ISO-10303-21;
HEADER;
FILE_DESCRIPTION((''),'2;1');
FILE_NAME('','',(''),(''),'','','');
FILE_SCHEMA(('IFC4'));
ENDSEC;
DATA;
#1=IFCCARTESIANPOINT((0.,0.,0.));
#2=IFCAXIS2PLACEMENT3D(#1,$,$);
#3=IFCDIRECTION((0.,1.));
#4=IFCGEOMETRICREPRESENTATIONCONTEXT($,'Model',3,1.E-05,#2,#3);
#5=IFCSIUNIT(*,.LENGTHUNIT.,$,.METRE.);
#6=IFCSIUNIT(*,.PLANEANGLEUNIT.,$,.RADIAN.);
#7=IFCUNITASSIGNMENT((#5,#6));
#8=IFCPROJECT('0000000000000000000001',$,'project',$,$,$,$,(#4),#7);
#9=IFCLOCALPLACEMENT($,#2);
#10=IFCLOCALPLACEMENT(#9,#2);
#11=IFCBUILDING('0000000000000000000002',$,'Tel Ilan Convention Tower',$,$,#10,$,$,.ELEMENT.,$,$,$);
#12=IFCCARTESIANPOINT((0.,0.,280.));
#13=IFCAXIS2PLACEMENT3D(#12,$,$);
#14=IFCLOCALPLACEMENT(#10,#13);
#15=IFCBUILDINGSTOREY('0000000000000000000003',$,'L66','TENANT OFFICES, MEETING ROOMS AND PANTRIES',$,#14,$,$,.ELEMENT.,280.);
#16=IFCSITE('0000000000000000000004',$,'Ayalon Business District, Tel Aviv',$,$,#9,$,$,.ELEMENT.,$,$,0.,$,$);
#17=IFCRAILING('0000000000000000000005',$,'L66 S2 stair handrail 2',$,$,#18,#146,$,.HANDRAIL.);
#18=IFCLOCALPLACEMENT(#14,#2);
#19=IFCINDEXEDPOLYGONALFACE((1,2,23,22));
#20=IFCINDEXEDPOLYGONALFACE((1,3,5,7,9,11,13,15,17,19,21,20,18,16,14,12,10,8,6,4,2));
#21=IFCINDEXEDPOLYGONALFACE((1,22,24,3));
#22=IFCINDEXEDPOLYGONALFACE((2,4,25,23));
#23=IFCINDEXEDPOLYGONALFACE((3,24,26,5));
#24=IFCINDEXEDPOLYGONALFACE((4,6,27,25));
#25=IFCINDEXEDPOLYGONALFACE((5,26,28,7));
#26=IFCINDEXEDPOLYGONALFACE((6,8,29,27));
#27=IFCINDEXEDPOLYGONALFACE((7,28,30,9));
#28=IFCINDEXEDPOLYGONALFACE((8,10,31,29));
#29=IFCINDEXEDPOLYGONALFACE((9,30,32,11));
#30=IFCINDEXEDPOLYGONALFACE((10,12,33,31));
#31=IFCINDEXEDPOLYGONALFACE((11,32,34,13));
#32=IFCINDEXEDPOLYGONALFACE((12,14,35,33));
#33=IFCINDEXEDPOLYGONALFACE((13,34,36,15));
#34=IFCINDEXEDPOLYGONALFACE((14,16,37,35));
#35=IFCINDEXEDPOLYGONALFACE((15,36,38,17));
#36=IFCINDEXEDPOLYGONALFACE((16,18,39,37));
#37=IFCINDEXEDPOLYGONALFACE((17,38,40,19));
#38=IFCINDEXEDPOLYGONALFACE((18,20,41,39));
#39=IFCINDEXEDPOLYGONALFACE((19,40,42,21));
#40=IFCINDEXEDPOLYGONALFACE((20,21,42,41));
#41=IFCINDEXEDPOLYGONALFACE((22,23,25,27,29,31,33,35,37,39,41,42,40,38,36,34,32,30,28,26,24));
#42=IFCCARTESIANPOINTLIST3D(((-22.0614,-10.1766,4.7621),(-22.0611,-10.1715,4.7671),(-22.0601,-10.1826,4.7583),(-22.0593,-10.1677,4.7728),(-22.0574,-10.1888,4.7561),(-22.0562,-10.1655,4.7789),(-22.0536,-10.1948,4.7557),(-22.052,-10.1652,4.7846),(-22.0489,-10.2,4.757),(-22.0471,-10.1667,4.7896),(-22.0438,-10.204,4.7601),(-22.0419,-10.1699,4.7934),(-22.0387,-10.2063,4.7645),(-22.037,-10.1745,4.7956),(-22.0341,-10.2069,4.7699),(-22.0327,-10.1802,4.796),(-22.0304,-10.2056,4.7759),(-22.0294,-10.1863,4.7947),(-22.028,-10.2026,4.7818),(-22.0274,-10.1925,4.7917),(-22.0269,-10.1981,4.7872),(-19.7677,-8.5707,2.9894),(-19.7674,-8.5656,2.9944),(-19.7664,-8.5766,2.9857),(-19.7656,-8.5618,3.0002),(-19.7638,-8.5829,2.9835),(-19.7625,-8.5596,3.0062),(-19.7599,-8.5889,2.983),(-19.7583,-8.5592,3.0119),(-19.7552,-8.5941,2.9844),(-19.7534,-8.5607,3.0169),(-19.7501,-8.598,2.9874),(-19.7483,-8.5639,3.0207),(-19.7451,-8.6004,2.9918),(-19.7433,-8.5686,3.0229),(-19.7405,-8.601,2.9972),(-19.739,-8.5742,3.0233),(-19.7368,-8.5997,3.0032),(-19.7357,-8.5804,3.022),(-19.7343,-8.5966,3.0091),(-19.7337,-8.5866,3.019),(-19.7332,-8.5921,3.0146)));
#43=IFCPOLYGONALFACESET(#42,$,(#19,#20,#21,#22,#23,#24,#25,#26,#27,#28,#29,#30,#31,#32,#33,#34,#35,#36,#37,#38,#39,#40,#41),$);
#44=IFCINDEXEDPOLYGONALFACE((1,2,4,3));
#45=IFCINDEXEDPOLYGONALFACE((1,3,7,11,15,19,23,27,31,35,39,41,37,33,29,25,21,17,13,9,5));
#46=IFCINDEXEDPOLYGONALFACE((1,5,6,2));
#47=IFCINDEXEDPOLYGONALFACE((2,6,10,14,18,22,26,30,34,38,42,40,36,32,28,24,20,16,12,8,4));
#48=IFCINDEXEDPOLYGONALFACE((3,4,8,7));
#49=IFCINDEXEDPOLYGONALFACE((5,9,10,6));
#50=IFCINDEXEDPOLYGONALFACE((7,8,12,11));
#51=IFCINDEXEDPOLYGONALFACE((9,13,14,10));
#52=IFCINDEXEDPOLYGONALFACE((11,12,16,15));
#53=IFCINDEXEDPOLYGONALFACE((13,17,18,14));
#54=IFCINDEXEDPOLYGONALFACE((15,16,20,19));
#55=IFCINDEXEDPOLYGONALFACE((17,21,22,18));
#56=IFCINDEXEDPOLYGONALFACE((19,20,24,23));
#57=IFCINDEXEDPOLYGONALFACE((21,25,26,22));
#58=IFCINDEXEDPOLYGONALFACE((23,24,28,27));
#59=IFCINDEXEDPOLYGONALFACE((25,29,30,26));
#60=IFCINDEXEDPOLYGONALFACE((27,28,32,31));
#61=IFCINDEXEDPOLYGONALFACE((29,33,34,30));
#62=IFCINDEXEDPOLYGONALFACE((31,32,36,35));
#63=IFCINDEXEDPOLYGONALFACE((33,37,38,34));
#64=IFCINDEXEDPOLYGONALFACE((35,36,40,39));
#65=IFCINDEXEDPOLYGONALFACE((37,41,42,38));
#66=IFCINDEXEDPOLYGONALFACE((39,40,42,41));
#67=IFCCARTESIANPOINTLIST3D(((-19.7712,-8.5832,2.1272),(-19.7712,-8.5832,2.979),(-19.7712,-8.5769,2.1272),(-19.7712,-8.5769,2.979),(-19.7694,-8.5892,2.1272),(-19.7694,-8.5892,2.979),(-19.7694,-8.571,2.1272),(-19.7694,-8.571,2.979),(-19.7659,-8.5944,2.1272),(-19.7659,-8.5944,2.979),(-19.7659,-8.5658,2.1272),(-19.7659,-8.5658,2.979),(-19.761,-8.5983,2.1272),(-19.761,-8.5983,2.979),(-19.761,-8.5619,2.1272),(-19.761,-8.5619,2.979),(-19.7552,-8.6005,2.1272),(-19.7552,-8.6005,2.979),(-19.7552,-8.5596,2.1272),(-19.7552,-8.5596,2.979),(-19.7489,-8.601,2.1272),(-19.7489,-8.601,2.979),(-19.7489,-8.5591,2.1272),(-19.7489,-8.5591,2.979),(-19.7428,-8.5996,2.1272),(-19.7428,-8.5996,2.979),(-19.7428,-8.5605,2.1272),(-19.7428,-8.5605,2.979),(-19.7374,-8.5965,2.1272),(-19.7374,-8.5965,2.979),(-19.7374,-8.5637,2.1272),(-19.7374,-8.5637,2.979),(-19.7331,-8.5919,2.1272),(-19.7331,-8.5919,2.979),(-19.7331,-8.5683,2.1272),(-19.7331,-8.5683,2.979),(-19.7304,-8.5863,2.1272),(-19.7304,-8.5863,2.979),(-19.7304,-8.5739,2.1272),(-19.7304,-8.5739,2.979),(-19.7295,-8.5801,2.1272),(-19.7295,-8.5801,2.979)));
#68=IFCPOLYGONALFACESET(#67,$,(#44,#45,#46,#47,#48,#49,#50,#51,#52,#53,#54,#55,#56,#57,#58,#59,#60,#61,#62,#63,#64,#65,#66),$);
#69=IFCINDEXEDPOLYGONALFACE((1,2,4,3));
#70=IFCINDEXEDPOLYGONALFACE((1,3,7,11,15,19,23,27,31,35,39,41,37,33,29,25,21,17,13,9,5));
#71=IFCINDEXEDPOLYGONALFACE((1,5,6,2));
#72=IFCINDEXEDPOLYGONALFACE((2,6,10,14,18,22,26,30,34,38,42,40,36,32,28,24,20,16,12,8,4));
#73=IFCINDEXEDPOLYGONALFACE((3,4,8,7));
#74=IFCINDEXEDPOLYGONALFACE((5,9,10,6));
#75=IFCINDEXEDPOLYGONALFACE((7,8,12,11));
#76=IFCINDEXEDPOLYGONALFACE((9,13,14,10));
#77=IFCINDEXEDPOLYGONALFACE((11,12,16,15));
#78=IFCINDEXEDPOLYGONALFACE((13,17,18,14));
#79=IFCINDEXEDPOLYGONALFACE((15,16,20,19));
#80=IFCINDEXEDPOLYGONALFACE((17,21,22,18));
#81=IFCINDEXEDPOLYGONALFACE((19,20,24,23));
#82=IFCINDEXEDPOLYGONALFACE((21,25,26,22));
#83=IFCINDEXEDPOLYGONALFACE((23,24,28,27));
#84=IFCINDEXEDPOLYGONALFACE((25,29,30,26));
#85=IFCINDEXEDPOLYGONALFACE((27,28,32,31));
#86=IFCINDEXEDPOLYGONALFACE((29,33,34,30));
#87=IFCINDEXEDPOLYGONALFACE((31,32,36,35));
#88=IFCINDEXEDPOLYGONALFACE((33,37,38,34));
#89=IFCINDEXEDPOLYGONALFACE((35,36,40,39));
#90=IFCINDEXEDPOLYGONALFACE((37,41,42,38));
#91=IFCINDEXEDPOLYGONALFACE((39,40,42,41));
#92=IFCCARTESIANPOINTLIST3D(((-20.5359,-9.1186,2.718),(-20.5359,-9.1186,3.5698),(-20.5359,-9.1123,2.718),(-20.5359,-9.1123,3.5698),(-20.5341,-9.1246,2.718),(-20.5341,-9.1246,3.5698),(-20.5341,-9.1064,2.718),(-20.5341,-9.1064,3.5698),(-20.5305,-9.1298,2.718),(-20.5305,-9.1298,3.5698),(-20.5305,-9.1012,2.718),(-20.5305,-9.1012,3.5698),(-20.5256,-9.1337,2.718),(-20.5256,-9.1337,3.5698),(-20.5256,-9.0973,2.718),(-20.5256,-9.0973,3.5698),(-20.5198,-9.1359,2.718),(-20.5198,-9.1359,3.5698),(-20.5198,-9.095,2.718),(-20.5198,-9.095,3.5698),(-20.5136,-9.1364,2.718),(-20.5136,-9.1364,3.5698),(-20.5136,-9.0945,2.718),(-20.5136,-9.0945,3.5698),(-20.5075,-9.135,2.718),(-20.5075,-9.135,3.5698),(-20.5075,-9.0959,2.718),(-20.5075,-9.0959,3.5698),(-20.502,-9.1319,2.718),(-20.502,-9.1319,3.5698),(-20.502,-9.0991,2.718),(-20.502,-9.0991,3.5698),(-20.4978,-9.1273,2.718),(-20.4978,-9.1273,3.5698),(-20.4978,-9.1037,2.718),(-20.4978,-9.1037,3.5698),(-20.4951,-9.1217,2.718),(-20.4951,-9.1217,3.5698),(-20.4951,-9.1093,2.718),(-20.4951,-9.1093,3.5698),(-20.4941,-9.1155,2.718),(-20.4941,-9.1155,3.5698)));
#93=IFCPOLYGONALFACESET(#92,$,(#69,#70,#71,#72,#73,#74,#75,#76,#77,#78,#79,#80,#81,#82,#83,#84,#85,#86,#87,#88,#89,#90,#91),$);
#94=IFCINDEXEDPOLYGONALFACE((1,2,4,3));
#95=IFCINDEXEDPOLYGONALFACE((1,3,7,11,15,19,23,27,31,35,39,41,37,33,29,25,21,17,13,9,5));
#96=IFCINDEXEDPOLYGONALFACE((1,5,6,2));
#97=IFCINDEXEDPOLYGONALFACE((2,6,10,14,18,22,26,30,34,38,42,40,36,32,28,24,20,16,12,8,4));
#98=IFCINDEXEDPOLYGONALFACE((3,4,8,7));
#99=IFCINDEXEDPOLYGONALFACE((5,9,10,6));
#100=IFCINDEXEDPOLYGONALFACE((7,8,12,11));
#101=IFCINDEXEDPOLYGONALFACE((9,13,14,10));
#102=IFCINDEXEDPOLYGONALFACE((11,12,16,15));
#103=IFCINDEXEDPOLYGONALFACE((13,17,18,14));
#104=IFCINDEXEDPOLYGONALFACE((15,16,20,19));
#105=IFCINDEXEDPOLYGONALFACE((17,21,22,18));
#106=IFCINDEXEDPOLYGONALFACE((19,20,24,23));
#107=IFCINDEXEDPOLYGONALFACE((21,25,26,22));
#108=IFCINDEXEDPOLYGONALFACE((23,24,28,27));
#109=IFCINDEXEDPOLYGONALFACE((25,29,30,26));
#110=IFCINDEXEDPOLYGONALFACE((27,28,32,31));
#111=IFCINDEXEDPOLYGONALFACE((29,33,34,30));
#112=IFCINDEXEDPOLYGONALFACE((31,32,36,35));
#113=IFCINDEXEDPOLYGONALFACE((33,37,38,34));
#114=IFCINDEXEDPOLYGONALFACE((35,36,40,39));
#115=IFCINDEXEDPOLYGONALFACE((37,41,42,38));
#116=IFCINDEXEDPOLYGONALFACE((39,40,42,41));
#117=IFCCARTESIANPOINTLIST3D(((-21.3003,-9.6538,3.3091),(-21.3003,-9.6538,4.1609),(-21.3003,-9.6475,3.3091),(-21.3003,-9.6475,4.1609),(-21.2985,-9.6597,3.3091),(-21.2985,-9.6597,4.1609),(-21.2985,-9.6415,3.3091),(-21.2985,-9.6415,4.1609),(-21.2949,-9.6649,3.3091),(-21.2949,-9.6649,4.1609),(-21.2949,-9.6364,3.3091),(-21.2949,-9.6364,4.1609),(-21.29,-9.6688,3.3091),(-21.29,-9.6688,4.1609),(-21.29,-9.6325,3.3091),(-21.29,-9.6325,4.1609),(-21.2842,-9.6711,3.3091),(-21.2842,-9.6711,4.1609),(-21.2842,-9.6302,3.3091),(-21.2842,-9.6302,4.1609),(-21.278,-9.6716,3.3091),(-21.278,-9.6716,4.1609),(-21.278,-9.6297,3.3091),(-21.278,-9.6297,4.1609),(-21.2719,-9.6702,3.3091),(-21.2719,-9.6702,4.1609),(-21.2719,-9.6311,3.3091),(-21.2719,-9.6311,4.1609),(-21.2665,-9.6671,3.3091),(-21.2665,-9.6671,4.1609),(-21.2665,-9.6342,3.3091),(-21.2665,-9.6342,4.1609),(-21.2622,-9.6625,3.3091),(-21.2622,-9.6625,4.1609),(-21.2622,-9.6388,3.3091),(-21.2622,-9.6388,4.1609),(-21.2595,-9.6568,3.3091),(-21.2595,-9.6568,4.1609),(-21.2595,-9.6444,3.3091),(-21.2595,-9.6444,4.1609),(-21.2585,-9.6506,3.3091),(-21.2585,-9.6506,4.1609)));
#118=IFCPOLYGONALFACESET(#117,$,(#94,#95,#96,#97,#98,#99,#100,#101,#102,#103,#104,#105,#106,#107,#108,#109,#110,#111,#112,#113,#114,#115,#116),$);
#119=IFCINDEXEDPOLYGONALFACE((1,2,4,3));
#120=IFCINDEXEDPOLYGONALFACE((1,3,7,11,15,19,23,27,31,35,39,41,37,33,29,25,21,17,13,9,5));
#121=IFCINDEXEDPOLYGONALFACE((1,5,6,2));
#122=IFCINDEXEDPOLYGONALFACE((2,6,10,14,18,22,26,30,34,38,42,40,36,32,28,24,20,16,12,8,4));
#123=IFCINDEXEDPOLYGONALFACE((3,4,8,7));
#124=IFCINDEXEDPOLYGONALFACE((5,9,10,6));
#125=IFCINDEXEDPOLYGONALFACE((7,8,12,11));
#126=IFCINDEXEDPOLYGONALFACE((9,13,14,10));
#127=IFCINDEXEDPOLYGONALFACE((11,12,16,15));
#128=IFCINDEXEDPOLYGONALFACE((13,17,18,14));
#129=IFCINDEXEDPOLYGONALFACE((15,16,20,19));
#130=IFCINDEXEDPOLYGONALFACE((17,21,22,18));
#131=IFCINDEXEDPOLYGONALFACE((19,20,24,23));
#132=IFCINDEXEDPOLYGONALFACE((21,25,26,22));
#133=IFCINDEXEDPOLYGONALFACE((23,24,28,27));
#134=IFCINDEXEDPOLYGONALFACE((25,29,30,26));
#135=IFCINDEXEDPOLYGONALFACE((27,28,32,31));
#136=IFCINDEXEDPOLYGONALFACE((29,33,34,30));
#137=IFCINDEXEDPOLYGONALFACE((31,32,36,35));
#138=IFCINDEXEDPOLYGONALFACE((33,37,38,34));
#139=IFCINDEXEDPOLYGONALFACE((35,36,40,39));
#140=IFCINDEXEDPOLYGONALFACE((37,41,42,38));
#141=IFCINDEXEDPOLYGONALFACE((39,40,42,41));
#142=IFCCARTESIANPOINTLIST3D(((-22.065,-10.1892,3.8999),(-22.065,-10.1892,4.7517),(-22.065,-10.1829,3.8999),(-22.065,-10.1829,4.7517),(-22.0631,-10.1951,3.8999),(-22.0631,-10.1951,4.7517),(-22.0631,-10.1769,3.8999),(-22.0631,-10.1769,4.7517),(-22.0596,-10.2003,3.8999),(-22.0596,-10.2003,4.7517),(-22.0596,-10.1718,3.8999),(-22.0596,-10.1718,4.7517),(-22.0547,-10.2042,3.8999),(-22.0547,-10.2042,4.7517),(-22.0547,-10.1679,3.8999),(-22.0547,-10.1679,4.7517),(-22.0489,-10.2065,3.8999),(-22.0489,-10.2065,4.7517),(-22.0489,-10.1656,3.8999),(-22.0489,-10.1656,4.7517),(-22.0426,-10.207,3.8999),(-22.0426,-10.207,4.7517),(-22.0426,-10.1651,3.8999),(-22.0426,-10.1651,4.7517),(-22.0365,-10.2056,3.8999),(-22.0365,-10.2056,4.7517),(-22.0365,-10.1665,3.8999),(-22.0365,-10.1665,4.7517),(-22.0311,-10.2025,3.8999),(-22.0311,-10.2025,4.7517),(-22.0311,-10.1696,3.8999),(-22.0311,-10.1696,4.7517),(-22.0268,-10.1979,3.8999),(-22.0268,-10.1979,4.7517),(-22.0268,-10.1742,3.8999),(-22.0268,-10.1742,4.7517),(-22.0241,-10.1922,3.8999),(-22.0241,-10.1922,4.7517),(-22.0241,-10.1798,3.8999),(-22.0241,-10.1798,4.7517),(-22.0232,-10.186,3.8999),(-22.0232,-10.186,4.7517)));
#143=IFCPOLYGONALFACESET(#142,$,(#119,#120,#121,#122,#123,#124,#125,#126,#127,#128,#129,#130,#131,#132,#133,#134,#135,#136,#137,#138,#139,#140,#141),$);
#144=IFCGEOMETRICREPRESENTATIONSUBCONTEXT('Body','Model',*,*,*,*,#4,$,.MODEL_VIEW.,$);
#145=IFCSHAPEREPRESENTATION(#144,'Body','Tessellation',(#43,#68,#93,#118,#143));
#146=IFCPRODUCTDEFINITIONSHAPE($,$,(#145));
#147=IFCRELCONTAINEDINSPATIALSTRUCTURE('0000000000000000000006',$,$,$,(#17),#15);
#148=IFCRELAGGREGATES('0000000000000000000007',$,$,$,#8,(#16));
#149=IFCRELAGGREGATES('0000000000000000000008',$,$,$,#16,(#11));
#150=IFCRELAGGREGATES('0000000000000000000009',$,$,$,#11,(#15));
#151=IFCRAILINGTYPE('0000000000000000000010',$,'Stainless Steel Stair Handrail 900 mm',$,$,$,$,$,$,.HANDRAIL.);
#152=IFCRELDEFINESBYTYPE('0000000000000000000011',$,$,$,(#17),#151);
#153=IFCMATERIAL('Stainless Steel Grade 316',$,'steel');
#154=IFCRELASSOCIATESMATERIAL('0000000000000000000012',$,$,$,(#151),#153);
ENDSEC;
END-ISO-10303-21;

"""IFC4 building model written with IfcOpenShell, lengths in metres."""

from ifc_helpers import new_model, si_unit, direction, frame, origin, origin_2d, place, context, subcontext, project, spatial, circle, extrude, material, type_object, element, save


model = new_model("IFC4")

# Units and contexts
model_context = context("Model", 3, precision=1e-05, world=origin(), true_north=direction((0.0, 1.0)))
body_context = subcontext(model_context, "Body", "Model", "MODEL_VIEW")
ifc_project = project(units=[si_unit("LENGTHUNIT", "METRE"), si_unit("PLANEANGLEUNIT", "RADIAN")], contexts=[model_context])

# Site, building, storey
site_placement = place(None, origin())
site = spatial("IfcSite", under=ifc_project, at=site_placement, Name="Ayalon Business District, Tel Aviv", CompositionType="ELEMENT", RefElevation=0.0)
building_placement = place(site_placement, origin())
building = spatial("IfcBuilding", under=site, at=building_placement, Name="Tel Ilan Convention Tower", CompositionType="ELEMENT")
storey_placement = place(building_placement, frame((0.0, 0.0, 280.0)))
storey = spatial("IfcBuildingStorey", under=building, at=storey_placement, Name="L66", Description="TENANT OFFICES, MEETING ROOMS AND PANTRIES", CompositionType="ELEMENT", Elevation=280.0)

# Railing
ifc_material_1 = material(Name="Stainless Steel Grade 316", Category="steel")
railing_type_1 = type_object("IfcRailingType", Name="Stainless Steel Stair Handrail 900 mm", PredefinedType="HANDRAIL", material=ifc_material_1)
for number, where, name in (
    (1, (-19.7505, -8.5801, 2.1272), "L66 S2 stair handrail 2"),
):
    element("IfcRailing", number, at=place(storey_placement, frame(where)), inside=storey, type_object=railing_type_1, Name=name, PredefinedType="HANDRAIL", context=body_context, shape_type="SweptSolid", body=[
        extrude(circle(Radius=0.0239, at=origin_2d()), frame((0.0, 0.0, 0.876), z_axis=(-0.692123, -0.484597, 0.534913), x_axis=(0.57355, -0.81917, 0.0)), (0.0, 0.0, 1.0), 3.314),
        extrude(circle(Radius=0.021, at=origin_2d()), origin(), (0.0, 0.0, 1.0), 0.8518),
        extrude(circle(Radius=0.021, at=origin_2d()), frame((-0.7646, -0.5354, 0.5908)), (0.0, 0.0, 1.0), 0.8518),
        extrude(circle(Radius=0.021, at=origin_2d()), frame((-1.5291, -1.0706, 1.1819)), (0.0, 0.0, 1.0), 0.8518),
        extrude(circle(Radius=0.021, at=origin_2d()), frame((-2.2937, -1.606, 1.7727)), (0.0, 0.0, 1.0), 0.8518),
    ])

save(model, "model.ifc")
